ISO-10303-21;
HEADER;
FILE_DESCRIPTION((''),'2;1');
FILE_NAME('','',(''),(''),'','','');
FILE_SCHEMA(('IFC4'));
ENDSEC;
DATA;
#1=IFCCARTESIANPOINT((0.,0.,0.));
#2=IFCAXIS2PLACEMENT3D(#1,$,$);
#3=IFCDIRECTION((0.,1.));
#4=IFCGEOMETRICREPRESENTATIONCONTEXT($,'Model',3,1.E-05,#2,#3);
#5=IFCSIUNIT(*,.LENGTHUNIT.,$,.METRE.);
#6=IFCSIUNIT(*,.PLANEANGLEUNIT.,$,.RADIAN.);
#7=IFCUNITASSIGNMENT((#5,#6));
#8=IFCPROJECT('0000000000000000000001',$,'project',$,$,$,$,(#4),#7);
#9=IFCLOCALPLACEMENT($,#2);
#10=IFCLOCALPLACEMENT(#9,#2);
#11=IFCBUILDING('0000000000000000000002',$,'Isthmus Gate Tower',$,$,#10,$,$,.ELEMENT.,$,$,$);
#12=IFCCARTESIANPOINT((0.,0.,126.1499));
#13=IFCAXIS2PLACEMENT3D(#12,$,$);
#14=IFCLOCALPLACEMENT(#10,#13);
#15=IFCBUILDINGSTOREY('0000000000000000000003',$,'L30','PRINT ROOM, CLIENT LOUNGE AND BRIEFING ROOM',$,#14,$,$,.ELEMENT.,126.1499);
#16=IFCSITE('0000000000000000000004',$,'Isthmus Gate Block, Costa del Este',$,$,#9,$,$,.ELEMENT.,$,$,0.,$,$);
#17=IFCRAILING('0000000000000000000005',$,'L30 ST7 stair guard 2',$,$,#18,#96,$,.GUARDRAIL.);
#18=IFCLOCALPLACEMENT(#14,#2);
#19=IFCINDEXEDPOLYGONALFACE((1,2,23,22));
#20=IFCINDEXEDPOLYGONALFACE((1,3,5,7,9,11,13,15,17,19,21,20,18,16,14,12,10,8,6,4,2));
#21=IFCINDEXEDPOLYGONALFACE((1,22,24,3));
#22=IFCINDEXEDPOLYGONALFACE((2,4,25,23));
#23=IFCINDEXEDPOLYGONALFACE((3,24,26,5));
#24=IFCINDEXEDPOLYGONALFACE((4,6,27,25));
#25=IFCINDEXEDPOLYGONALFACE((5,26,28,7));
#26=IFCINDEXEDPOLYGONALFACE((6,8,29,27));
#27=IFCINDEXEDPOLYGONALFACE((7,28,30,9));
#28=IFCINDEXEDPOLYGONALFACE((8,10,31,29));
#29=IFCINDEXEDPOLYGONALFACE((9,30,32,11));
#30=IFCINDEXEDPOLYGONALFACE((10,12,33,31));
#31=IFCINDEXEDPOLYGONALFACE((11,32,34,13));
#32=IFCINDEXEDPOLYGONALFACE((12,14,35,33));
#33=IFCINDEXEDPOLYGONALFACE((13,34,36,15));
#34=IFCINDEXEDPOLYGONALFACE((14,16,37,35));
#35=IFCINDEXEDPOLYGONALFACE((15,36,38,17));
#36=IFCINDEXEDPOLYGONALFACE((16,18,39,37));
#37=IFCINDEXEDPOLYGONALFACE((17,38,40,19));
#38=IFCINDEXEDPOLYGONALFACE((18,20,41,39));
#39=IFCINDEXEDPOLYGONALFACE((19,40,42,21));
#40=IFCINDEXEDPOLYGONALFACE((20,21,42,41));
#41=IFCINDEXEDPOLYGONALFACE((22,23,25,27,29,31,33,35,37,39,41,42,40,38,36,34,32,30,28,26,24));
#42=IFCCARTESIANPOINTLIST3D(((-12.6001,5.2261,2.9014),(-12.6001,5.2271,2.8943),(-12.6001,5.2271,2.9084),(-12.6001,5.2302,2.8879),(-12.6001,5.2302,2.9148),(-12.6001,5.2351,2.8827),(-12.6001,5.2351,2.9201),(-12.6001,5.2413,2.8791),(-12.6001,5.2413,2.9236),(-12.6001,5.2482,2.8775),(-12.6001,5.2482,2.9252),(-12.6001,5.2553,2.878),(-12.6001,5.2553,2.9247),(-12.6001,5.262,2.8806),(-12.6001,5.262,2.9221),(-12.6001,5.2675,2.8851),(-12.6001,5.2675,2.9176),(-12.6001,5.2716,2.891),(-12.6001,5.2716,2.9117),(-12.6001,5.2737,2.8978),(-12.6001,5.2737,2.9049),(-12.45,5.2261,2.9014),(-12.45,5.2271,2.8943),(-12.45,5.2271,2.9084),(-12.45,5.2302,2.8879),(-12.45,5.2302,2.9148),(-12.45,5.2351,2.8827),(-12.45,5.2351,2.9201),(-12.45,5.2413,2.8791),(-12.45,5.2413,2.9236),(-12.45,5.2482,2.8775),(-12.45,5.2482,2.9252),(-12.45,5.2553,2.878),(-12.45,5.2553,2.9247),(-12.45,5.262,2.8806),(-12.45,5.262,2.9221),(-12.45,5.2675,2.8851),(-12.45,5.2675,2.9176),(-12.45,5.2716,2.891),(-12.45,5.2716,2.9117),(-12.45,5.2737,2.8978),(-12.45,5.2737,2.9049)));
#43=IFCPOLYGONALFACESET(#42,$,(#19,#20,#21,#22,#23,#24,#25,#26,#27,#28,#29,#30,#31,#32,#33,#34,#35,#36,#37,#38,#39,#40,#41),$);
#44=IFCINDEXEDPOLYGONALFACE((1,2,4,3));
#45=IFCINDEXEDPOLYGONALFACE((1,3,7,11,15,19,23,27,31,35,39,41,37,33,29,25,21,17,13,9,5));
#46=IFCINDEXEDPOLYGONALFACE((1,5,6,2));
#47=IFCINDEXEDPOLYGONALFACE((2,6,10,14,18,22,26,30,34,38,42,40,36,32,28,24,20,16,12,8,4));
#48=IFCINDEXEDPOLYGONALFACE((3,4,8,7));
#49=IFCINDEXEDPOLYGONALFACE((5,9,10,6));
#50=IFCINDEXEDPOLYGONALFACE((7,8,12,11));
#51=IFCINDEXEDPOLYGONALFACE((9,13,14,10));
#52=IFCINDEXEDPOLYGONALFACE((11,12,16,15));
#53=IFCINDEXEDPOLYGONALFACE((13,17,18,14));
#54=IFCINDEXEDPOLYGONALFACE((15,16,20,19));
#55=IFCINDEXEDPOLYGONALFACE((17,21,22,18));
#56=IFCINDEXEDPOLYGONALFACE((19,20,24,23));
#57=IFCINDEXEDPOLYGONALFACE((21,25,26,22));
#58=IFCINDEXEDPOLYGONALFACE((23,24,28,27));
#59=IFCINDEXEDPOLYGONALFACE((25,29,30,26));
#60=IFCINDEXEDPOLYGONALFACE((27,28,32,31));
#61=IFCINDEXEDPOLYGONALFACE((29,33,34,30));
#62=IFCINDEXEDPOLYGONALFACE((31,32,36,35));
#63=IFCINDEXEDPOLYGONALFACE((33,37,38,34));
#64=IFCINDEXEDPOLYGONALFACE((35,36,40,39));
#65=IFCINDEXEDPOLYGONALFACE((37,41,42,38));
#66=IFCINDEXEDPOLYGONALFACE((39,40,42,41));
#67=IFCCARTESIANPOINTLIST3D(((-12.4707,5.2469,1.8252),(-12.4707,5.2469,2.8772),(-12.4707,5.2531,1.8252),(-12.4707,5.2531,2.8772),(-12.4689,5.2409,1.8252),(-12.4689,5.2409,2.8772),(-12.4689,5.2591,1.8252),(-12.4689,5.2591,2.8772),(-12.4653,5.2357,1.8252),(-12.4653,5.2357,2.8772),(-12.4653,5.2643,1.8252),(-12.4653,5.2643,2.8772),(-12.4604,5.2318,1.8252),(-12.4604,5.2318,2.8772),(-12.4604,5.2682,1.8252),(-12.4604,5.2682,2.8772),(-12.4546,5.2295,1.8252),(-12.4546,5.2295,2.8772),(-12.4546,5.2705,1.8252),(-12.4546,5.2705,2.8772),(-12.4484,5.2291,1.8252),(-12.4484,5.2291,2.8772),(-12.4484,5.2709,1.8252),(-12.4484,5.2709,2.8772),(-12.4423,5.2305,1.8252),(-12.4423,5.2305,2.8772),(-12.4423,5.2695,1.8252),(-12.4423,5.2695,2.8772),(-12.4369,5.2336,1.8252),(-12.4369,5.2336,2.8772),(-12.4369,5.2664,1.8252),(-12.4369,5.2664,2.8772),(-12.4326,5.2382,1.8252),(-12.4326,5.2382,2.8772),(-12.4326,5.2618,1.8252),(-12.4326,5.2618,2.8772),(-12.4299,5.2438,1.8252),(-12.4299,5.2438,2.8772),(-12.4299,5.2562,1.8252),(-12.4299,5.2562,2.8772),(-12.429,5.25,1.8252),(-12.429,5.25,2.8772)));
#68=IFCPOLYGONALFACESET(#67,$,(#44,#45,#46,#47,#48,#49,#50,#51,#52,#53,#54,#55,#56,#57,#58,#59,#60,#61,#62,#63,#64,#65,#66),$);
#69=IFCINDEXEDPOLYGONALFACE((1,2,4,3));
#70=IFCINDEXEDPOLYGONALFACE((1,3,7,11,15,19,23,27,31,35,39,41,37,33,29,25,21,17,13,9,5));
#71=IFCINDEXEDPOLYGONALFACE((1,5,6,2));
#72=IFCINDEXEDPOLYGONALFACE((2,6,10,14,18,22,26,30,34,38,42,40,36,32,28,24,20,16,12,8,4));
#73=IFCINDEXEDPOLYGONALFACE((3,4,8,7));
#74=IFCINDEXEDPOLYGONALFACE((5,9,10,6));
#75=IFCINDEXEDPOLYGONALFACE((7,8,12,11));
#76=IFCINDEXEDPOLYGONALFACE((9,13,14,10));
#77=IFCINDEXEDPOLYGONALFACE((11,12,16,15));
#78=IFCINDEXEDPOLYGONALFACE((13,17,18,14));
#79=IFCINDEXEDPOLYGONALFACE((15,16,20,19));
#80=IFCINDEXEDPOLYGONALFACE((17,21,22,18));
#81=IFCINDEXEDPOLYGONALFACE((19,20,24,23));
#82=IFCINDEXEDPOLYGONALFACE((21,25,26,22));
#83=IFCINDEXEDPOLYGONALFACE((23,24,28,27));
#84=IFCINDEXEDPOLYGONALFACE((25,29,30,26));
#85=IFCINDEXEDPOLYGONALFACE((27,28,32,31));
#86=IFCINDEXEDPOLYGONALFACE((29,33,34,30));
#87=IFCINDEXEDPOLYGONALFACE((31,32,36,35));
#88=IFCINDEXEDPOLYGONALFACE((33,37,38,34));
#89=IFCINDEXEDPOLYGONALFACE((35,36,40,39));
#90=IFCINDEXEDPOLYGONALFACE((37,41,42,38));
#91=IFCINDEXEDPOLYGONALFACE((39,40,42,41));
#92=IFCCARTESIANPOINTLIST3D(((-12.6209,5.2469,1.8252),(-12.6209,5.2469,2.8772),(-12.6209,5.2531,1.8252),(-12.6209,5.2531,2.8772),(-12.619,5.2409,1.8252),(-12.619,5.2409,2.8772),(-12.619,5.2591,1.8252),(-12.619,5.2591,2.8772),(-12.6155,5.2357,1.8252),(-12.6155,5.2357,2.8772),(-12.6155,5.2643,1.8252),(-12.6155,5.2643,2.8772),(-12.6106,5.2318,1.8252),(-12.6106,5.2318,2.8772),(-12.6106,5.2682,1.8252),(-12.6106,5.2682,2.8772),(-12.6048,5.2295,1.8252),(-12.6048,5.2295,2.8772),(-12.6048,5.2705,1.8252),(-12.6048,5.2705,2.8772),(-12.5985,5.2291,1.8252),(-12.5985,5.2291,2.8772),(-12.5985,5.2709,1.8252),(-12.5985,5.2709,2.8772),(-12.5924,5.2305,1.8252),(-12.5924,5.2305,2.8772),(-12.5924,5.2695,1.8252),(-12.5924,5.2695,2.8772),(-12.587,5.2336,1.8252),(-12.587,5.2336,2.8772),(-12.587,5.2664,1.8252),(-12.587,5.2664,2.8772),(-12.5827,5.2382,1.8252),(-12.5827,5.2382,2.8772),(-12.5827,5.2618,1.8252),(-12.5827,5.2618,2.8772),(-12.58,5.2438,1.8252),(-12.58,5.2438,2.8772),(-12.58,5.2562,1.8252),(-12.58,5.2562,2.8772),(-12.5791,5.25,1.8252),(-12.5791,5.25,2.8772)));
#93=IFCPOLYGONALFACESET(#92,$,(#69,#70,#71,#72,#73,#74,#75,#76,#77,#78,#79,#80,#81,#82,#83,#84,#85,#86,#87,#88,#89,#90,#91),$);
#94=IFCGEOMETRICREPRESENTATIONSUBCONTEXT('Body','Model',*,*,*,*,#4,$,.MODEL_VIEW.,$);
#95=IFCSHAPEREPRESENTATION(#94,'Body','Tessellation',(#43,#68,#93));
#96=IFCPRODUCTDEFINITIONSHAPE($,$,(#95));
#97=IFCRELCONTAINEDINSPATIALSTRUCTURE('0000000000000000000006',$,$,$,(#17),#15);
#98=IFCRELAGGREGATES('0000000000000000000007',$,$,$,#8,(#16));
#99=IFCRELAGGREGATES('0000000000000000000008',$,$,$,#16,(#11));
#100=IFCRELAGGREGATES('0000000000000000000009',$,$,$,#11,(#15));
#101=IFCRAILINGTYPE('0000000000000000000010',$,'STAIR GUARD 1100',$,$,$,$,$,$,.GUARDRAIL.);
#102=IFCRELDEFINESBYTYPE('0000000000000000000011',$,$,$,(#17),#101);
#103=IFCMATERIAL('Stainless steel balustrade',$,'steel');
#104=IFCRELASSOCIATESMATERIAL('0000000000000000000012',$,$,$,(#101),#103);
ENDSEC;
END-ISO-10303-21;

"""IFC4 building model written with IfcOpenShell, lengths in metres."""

from ifc_helpers import new_model, si_unit, direction, frame, origin, origin_2d, place, context, subcontext, project, spatial, circle, extrude, material, type_object, element, save


model = new_model("IFC4")

# Units and contexts
model_context = context("Model", 3, precision=1e-05, world=origin(), true_north=direction((0.0, 1.0)))
body_context = subcontext(model_context, "Body", "Model", "MODEL_VIEW")
ifc_project = project(units=[si_unit("LENGTHUNIT", "METRE"), si_unit("PLANEANGLEUNIT", "RADIAN")], contexts=[model_context])

# Site, building, storey
site_placement = place(None, origin())
site = spatial("IfcSite", under=ifc_project, at=site_placement, Name="Isthmus Gate Block, Costa del Este", CompositionType="ELEMENT", RefElevation=0.0)
building_placement = place(site_placement, origin())
building = spatial("IfcBuilding", under=site, at=building_placement, Name="Isthmus Gate Tower", CompositionType="ELEMENT")
storey_placement = place(building_placement, frame((0.0, 0.0, 126.1499)))
storey = spatial("IfcBuildingStorey", under=building, at=storey_placement, Name="L30", Description="PRINT ROOM, CLIENT LOUNGE AND BRIEFING ROOM", CompositionType="ELEMENT", Elevation=126.1499)

# Railing
ifc_material_1 = material(Name="Stainless steel balustrade", Category="steel")
railing_type_1 = type_object("IfcRailingType", Name="STAIR GUARD 1100", PredefinedType="GUARDRAIL", material=ifc_material_1)
railing_1_placement = place(storey_placement, frame((-12.45, 5.25, 1.8252)))
element("IfcRailing", 1, at=railing_1_placement, inside=storey, type_object=railing_type_1, Name="L30 ST7 stair guard 2", PredefinedType="GUARDRAIL", context=body_context, shape_type="SweptSolid", body=[
    extrude(circle(Radius=0.0239, at=origin_2d()), frame((0.0, 0.0, 1.0762), z_axis=(-1.0, 0.0, 0.0), x_axis=(0.0, -1.0, 0.0)), (0.0, 0.0, 1.0), 0.1501),
    extrude(circle(Radius=0.021, at=origin_2d()), origin(), (0.0, 0.0, 1.0), 1.052),
    extrude(circle(Radius=0.021, at=origin_2d()), frame((-0.1501, 0.0, 0.0)), (0.0, 0.0, 1.0), 1.052),
])

save(model, "model.ifc")
